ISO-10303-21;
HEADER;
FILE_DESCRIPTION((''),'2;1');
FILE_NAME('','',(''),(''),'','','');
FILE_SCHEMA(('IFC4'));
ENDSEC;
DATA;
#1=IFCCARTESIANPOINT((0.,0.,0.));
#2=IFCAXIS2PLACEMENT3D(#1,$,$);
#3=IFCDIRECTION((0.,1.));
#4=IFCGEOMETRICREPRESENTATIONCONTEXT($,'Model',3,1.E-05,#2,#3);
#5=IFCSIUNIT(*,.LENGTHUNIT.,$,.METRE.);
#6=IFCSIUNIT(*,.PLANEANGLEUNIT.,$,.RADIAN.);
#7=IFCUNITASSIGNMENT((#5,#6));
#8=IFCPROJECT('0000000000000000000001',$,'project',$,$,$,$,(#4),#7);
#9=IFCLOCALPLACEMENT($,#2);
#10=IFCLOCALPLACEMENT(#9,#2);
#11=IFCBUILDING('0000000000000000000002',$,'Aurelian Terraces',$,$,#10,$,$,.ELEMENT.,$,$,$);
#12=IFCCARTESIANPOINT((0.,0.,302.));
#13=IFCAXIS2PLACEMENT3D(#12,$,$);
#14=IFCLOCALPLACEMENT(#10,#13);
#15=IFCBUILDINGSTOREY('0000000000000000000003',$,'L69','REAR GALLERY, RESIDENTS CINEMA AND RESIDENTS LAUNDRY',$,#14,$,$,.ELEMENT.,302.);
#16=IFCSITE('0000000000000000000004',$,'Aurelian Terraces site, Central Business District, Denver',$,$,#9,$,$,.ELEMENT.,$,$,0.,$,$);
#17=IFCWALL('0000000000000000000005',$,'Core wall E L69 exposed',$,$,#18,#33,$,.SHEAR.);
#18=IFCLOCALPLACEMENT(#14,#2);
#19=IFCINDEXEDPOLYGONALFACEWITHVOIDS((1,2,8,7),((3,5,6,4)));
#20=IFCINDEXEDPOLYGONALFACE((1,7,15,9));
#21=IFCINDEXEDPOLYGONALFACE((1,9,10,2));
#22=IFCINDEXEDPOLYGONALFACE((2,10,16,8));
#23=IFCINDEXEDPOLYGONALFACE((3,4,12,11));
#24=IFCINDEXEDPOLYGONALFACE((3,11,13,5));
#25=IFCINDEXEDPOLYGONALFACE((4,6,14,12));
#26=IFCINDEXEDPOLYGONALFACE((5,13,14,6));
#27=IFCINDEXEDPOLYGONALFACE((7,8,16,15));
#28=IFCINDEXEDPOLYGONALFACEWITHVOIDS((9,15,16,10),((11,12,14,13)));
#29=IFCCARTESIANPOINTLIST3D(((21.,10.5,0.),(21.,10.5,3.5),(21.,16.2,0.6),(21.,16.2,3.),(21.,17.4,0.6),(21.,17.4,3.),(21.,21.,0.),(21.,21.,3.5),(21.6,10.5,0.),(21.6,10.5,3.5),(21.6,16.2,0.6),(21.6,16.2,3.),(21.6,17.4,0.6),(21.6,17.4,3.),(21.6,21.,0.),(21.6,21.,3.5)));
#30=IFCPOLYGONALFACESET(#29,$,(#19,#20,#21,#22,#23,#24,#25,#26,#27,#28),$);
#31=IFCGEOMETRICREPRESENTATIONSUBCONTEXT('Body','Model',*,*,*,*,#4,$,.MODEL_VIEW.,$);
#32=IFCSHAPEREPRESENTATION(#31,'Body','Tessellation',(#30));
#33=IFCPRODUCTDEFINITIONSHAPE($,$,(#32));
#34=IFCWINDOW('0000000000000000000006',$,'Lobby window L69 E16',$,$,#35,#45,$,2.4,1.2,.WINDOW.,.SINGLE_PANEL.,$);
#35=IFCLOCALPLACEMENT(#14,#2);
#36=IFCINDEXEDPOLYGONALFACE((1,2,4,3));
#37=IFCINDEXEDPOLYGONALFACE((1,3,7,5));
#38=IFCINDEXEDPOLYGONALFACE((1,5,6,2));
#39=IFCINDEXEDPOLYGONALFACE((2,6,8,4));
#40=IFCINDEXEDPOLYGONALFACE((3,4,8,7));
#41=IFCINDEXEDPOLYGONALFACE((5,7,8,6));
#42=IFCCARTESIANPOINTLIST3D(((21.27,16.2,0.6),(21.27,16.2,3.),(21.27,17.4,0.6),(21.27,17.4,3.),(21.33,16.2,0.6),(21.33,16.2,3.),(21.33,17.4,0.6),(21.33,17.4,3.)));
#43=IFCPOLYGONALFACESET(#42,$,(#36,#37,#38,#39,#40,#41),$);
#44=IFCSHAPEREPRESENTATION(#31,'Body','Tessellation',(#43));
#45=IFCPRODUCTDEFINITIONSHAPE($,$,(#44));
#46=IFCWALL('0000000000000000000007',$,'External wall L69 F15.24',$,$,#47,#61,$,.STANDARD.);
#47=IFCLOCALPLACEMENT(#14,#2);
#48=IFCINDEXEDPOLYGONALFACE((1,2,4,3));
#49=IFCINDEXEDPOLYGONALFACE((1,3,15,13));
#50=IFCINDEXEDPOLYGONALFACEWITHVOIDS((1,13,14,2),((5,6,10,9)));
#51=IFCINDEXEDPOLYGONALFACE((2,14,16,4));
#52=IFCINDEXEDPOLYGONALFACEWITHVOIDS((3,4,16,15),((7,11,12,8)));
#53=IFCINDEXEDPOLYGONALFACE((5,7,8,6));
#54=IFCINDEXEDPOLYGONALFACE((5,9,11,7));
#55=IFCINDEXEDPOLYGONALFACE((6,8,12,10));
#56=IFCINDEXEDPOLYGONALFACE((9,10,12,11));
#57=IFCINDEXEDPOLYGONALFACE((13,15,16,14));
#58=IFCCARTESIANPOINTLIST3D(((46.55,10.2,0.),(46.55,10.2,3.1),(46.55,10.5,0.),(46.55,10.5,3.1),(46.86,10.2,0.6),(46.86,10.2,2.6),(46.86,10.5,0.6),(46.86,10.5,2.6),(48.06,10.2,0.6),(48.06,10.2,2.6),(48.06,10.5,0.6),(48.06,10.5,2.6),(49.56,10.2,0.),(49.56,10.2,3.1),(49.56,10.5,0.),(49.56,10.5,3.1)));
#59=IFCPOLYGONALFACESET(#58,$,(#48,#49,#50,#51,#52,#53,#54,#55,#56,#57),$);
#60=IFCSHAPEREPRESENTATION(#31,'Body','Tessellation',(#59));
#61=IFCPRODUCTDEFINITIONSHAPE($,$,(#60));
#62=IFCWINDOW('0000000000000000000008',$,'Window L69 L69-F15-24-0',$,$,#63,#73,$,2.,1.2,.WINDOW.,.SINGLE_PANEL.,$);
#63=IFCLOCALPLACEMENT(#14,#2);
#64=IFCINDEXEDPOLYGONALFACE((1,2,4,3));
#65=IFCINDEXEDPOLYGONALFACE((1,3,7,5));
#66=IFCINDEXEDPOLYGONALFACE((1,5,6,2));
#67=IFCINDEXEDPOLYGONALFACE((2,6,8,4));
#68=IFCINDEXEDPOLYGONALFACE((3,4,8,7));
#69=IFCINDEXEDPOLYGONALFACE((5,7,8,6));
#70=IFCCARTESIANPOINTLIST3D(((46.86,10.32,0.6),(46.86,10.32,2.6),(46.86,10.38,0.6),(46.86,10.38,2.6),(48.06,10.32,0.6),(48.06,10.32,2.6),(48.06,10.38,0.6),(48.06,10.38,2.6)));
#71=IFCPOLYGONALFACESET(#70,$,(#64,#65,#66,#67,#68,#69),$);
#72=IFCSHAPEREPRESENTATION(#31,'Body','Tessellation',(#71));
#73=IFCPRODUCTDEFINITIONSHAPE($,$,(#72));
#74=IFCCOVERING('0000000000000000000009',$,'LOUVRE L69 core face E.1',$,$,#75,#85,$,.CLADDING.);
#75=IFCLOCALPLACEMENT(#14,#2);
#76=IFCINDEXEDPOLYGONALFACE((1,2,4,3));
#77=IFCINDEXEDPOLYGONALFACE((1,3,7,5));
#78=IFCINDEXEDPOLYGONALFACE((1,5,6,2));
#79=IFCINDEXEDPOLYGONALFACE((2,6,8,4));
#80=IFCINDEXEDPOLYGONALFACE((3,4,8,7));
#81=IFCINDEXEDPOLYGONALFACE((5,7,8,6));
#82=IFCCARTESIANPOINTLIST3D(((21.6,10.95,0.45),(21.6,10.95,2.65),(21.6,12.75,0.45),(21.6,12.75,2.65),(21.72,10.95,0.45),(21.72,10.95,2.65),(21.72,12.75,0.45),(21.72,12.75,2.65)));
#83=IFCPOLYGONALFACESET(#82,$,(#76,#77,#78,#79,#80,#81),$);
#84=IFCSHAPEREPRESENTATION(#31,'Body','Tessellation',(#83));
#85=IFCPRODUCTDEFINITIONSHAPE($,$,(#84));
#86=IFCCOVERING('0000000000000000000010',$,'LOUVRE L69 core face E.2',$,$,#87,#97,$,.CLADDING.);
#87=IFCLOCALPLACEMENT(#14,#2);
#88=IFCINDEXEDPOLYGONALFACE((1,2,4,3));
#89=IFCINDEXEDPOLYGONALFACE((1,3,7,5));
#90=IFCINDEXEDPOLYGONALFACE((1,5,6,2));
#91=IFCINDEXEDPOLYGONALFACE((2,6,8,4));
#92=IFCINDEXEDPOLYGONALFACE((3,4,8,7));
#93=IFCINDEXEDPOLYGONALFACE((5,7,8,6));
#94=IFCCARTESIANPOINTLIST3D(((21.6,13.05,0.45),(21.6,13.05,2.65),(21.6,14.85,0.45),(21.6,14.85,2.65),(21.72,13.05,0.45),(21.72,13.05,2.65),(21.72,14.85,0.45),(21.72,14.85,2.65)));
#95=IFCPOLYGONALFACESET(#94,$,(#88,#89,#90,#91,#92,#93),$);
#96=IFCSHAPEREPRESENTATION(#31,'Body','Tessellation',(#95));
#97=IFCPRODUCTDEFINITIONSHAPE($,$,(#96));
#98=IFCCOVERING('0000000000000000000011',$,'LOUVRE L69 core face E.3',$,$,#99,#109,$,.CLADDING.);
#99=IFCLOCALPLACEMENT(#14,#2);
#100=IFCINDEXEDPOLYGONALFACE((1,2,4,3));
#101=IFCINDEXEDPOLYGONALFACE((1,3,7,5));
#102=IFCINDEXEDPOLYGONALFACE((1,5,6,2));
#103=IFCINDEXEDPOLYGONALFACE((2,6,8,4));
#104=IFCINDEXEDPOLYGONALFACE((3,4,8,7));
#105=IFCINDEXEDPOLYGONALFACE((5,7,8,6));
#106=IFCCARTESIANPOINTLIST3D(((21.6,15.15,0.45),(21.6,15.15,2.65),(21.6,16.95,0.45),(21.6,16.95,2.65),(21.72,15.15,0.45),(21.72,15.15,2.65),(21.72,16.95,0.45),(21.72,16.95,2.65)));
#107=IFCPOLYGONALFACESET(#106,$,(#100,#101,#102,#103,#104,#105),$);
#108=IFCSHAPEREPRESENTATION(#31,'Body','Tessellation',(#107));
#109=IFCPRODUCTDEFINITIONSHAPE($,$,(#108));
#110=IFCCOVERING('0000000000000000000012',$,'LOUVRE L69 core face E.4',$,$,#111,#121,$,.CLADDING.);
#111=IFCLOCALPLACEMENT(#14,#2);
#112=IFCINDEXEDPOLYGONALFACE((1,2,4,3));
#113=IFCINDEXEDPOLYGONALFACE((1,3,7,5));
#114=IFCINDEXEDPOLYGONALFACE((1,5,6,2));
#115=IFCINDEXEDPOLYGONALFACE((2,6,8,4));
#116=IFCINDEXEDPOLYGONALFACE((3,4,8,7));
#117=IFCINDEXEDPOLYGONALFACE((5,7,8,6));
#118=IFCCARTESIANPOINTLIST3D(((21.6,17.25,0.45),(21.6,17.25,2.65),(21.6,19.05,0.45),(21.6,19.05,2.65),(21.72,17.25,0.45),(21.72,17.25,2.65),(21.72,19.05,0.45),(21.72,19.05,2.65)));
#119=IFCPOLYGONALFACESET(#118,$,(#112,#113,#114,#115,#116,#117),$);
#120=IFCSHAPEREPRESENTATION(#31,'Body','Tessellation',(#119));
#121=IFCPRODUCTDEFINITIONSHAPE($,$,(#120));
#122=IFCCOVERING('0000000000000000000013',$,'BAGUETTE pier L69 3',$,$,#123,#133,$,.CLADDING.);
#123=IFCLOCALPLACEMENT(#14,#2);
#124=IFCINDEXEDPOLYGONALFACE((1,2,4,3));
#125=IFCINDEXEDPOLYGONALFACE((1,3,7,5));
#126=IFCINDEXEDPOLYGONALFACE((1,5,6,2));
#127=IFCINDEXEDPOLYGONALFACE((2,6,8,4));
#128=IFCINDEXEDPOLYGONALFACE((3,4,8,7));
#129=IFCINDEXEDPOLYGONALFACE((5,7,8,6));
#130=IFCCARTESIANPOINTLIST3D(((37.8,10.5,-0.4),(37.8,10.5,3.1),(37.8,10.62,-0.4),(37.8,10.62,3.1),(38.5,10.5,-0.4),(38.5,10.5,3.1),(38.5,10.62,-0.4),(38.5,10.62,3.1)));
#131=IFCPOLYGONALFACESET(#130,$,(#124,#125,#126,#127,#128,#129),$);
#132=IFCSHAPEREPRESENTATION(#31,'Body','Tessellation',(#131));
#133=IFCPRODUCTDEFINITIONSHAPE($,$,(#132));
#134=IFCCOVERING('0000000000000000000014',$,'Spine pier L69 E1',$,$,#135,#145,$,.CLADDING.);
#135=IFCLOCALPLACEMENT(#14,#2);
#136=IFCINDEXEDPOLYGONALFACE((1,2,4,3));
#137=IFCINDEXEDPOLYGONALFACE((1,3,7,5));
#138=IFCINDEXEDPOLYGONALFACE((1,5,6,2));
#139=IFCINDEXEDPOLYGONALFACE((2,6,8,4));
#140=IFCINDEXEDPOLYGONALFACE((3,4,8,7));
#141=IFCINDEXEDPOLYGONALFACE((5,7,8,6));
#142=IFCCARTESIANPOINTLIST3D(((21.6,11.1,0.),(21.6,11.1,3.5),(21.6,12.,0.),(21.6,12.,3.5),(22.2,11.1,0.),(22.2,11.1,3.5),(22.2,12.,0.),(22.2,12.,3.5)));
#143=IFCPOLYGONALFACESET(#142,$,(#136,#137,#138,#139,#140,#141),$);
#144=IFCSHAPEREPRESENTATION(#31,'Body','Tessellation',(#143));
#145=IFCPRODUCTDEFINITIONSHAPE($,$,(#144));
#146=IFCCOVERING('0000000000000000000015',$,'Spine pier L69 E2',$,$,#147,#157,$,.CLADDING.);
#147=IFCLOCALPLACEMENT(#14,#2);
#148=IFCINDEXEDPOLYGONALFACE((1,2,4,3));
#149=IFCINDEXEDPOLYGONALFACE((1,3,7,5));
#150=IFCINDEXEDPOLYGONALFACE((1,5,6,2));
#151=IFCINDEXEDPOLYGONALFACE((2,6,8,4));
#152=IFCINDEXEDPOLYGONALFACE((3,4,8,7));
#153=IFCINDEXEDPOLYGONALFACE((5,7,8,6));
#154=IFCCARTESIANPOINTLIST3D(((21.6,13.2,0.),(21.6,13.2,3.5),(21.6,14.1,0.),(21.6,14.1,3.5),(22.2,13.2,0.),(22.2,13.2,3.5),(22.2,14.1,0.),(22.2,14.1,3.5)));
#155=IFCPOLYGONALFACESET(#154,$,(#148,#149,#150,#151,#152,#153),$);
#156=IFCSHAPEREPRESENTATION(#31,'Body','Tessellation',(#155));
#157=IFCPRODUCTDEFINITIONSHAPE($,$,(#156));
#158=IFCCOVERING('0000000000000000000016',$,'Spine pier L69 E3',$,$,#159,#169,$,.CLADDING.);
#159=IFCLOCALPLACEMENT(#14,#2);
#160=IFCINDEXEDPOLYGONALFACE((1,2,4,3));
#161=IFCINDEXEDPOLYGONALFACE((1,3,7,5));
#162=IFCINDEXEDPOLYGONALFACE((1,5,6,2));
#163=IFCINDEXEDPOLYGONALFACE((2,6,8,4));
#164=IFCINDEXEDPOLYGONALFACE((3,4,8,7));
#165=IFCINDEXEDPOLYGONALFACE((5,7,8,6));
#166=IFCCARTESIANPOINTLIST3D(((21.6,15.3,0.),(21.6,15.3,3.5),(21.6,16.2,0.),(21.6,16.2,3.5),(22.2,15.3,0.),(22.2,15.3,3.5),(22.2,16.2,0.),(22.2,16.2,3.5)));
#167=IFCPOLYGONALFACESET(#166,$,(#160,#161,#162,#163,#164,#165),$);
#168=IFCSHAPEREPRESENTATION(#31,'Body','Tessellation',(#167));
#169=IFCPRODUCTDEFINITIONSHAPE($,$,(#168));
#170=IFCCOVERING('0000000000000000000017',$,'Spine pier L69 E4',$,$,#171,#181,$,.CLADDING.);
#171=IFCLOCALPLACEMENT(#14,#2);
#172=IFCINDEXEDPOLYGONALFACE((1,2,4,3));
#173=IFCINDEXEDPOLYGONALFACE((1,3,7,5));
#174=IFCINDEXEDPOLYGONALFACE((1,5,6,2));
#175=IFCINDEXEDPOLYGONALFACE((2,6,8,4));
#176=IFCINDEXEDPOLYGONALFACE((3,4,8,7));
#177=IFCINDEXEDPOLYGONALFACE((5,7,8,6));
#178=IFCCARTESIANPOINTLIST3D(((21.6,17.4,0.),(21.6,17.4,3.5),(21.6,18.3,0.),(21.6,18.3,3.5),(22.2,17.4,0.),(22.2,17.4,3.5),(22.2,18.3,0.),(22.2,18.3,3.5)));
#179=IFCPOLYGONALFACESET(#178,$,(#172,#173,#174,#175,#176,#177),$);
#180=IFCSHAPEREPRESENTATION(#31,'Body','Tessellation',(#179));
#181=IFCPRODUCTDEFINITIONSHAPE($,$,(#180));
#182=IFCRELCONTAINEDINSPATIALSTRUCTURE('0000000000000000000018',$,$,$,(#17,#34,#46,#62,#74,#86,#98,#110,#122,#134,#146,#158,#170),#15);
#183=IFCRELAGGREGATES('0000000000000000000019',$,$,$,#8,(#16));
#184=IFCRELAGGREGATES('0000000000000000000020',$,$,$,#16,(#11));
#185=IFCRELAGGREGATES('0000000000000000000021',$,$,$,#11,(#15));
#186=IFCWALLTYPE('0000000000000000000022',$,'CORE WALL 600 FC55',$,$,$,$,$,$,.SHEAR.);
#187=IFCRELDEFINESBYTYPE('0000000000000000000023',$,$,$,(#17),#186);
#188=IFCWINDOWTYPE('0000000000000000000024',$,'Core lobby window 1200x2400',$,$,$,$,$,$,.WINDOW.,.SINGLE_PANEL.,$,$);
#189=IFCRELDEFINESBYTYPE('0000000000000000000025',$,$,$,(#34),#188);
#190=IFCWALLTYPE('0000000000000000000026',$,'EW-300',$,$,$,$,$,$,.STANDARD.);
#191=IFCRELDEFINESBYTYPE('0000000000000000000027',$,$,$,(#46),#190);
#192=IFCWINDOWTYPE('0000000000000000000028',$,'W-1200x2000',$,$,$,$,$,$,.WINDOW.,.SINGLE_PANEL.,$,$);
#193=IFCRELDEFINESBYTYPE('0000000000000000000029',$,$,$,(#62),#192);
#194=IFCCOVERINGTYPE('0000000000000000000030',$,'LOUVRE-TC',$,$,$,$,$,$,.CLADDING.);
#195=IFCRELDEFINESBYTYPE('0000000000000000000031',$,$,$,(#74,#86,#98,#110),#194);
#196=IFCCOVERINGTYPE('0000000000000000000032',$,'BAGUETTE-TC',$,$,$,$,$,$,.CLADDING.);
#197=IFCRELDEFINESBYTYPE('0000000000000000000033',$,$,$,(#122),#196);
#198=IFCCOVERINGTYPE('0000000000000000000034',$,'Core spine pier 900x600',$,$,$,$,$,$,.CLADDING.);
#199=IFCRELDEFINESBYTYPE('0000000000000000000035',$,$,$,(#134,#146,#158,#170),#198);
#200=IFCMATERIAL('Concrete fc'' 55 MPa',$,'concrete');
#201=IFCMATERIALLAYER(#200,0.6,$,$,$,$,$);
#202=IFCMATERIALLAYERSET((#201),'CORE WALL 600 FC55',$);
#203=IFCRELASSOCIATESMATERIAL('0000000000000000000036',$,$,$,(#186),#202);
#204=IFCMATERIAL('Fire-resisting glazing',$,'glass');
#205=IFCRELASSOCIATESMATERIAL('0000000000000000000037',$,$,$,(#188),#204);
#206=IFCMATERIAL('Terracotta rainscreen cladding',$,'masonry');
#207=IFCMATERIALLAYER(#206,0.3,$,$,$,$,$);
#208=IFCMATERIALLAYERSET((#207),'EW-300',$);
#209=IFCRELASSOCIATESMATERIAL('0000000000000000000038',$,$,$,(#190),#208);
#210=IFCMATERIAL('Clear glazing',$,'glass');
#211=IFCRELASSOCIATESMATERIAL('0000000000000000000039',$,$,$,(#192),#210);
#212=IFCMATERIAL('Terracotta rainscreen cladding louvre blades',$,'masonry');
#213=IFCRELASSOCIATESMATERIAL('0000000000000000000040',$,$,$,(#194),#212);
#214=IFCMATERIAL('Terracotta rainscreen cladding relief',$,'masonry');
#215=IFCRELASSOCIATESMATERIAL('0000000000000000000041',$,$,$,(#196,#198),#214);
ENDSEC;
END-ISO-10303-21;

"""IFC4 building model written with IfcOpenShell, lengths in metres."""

from ifc_helpers import new_model, si_unit, direction, frame, frame_2d, origin, origin_2d, place, context, subcontext, project, spatial, rectangle, extrude, source, transform, mapped, material, layer, layer_set, type_object, element, fill, save


model = new_model("IFC4")

# Units and contexts
model_context = context("Model", 3, precision=1e-05, world=origin(), true_north=direction((0.0, 1.0)))
body_context = subcontext(model_context, "Body", "Model", "MODEL_VIEW")
ifc_project = project(units=[si_unit("LENGTHUNIT", "METRE"), si_unit("PLANEANGLEUNIT", "RADIAN")], contexts=[model_context])

# Site, building, storey
site_placement = place(None, origin())
site = spatial("IfcSite", under=ifc_project, at=site_placement, Name="Aurelian Terraces site, Central Business District, Denver", CompositionType="ELEMENT", RefElevation=0.0)
building_placement = place(site_placement, origin())
building = spatial("IfcBuilding", under=site, at=building_placement, Name="Aurelian Terraces", CompositionType="ELEMENT")
storey_placement = place(building_placement, frame((0.0, 0.0, 302.0)))
storey = spatial("IfcBuildingStorey", under=building, at=storey_placement, Name="L69", Description="REAR GALLERY, RESIDENTS CINEMA AND RESIDENTS LAUNDRY", CompositionType="ELEMENT", Elevation=302.0)

# Walls, openings, windows
ifc_material_1 = material(Name="Concrete fc' 55 MPa", Category="concrete")
ifc_layer_1 = layer(ifc_material_1, 0.6)
ifc_layer_set_1 = layer_set([ifc_layer_1], Name="CORE WALL 600 FC55")
wall_type_1 = type_object("IfcWallType", Name="CORE WALL 600 FC55", PredefinedType="SHEAR", material=ifc_layer_set_1)
shared_shape_1 = source(origin(), body_context, "Body", "SweptSolid", [
    extrude(rectangle(XDim=10.5, YDim=0.6, at=frame_2d((5.25, 0.0))), origin(), (0.0, 0.0, 1.0), 3.5),
])
wall_1_placement = place(storey_placement, frame((21.3, 10.5, 0.0), z_axis=(0.0, 0.0, 1.0), x_axis=(0.0, 1.0, 0.0)))
wall_1 = element("IfcWall", 1, at=wall_1_placement, inside=storey, type_object=wall_type_1, Name="Core wall E L69 exposed", PredefinedType="SHEAR", context=body_context, shape_type="MappedRepresentation", body=[
    mapped(shared_shape_1, transform((0.0, 0.0, 0.0), scale=1.0)),
])
shared_shape_2 = source(origin(), body_context, "Body", "SweptSolid", [
    extrude(rectangle(XDim=1.2, YDim=2.4, at=frame_2d((0.6, 1.2))), frame((0.0, 0.31, 0.0), z_axis=(0.0, -1.0, 0.0), x_axis=(1.0, 0.0, 0.0)), (0.0, 0.0, 1.0), 0.62),
])
opening_1_placement = place(wall_1_placement, frame((5.7, 0.0, 0.6)))
opening_1 = element("IfcOpeningElement", 2, at=opening_1_placement, cuts=wall_1, PredefinedType="OPENING", context=body_context, shape_type="MappedRepresentation", body=[
    mapped(shared_shape_2, transform((0.0, 0.0, 0.0), scale=1.0)),
])
ifc_material_2 = material(Name="Fire-resisting glazing", Category="glass")
window_type_1 = type_object("IfcWindowType", Name="Core lobby window 1200x2400", PartitioningType="SINGLE_PANEL", PredefinedType="WINDOW", material=ifc_material_2)
shared_shape_3 = source(origin(), body_context, "Body", "SweptSolid", [
    extrude(rectangle(XDim=1.2, YDim=2.4, at=frame_2d((0.6, 1.2))), frame((0.0, 0.03, 0.0), z_axis=(0.0, -1.0, 0.0), x_axis=(1.0, 0.0, 0.0)), (0.0, 0.0, 1.0), 0.06),
])
window_1_placement = place(opening_1_placement, origin())
window_1 = element("IfcWindow", 3, at=window_1_placement, inside=storey, type_object=window_type_1, Name="Lobby window L69 E16", OverallHeight=2.4, OverallWidth=1.2, PartitioningType="SINGLE_PANEL", PredefinedType="WINDOW", context=body_context, shape_type="MappedRepresentation", body=[
    mapped(shared_shape_3, transform((0.0, 0.0, 0.0), scale=1.0)),
])
fill(opening_1, window_1)
ifc_material_3 = material(Name="Terracotta rainscreen cladding", Category="masonry")
ifc_layer_2 = layer(ifc_material_3, 0.3)
ifc_layer_set_2 = layer_set([ifc_layer_2], Name="EW-300")
wall_type_2 = type_object("IfcWallType", Name="EW-300", PredefinedType="STANDARD", material=ifc_layer_set_2)
shared_shape_4 = source(origin(), body_context, "Body", "SweptSolid", [
    extrude(rectangle(XDim=3.01, YDim=0.3, at=frame_2d((1.505, 0.0))), origin(), (0.0, 0.0, 1.0), 3.1),
])
wall_2_placement = place(storey_placement, frame((49.56, 10.35, 0.0), z_axis=(0.0, 0.0, 1.0), x_axis=(-1.0, 0.0, 0.0)))
wall_2 = element("IfcWall", 4, at=wall_2_placement, inside=storey, type_object=wall_type_2, Name="External wall L69 F15.24", PredefinedType="STANDARD", context=body_context, shape_type="MappedRepresentation", body=[
    mapped(shared_shape_4, transform((0.0, 0.0, 0.0), scale=1.0)),
])
shared_shape_5 = source(origin(), body_context, "Body", "SweptSolid", [
    extrude(rectangle(XDim=1.2, YDim=2.0, at=frame_2d((0.6, 1.0))), frame((0.0, 0.16, 0.0), z_axis=(0.0, -1.0, 0.0), x_axis=(1.0, 0.0, 0.0)), (0.0, 0.0, 1.0), 0.32),
])
opening_2_placement = place(wall_2_placement, frame((1.5, 0.0, 0.6)))
opening_2 = element("IfcOpeningElement", 5, at=opening_2_placement, cuts=wall_2, PredefinedType="OPENING", context=body_context, shape_type="MappedRepresentation", body=[
    mapped(shared_shape_5, transform((0.0, 0.0, 0.0), scale=1.0)),
])
ifc_material_4 = material(Name="Clear glazing", Category="glass")
window_type_2 = type_object("IfcWindowType", Name="W-1200x2000", PartitioningType="SINGLE_PANEL", PredefinedType="WINDOW", material=ifc_material_4)
shared_shape_6 = source(origin(), body_context, "Body", "SweptSolid", [
    extrude(rectangle(XDim=1.2, YDim=2.0, at=frame_2d((0.6, 1.0))), frame((0.0, 0.03, 0.0), z_axis=(0.0, -1.0, 0.0), x_axis=(1.0, 0.0, 0.0)), (0.0, 0.0, 1.0), 0.06),
])
window_2_placement = place(opening_2_placement, origin())
window_2 = element("IfcWindow", 6, at=window_2_placement, inside=storey, type_object=window_type_2, Name="Window L69 L69-F15-24-0", OverallHeight=2.0, OverallWidth=1.2, PartitioningType="SINGLE_PANEL", PredefinedType="WINDOW", context=body_context, shape_type="MappedRepresentation", body=[
    mapped(shared_shape_6, transform((0.0, 0.0, 0.0), scale=1.0)),
])
fill(opening_2, window_2)

# Coverings
ifc_material_5 = material(Name="Terracotta rainscreen cladding louvre blades", Category="masonry")
covering_type_1 = type_object("IfcCoveringType", Name="LOUVRE-TC", PredefinedType="CLADDING", material=ifc_material_5)
shared_shape_7 = source(origin(), body_context, "Body", "SweptSolid", [
    extrude(rectangle(XDim=0.12, YDim=1.8, at=origin_2d()), origin(), (0.0, 0.0, 1.0), 2.2),
])
for number, where, z_axis, x_axis, name in (
    (7, (21.66, 11.85, 0.45), (0.0, 0.0, 1.0), (1.0, 0.0, 0.0), "LOUVRE L69 core face E.1"),
    (8, (21.66, 13.95, 0.45), (0.0, 0.0, 1.0), (1.0, 0.0, 0.0), "LOUVRE L69 core face E.2"),
    (9, (21.66, 16.05, 0.45), (0.0, 0.0, 1.0), (1.0, 0.0, 0.0), "LOUVRE L69 core face E.3"),
    (10, (21.66, 18.15, 0.45), (0.0, 0.0, 1.0), (1.0, 0.0, 0.0), "LOUVRE L69 core face E.4"),
):
    element("IfcCovering", number, at=place(storey_placement, frame(where, z_axis=z_axis, x_axis=x_axis)), inside=storey, type_object=covering_type_1, Name=name, PredefinedType="CLADDING", context=body_context, shape_type="MappedRepresentation", body=[
        mapped(shared_shape_7, transform((0.0, 0.0, 0.0), scale=1.0)),
    ])
ifc_material_6 = material(Name="Terracotta rainscreen cladding relief", Category="masonry")
covering_type_2 = type_object("IfcCoveringType", Name="BAGUETTE-TC", PredefinedType="CLADDING", material=ifc_material_6)
shared_shape_8 = source(origin(), body_context, "Body", "SweptSolid", [
    extrude(rectangle(XDim=0.7, YDim=0.12, at=origin_2d()), origin(), (0.0, 0.0, 1.0), 3.5),
])
covering_placement = place(storey_placement, frame((38.15, 10.56, -0.4), z_axis=(0.0, 0.0, 1.0), x_axis=(1.0, 0.0, 0.0)))
element("IfcCovering", 11, at=covering_placement, inside=storey, type_object=covering_type_2, Name="BAGUETTE pier L69 3", PredefinedType="CLADDING", context=body_context, shape_type="MappedRepresentation", body=[
    mapped(shared_shape_8, transform((0.0, 0.0, 0.0), scale=1.0)),
])
covering_type_3 = type_object("IfcCoveringType", Name="Core spine pier 900x600", PredefinedType="CLADDING", material=ifc_material_6)
shared_shape_9 = source(origin(), body_context, "Body", "SweptSolid", [
    extrude(rectangle(XDim=0.6, YDim=0.9, at=origin_2d()), origin(), (0.0, 0.0, 1.0), 3.5),
])
for number, where, z_axis, x_axis, name in (
    (12, (21.9, 11.55, 0.0), (0.0, 0.0, 1.0), (1.0, 0.0, 0.0), "Spine pier L69 E1"),
    (13, (21.9, 13.65, 0.0), (0.0, 0.0, 1.0), (1.0, 0.0, 0.0), "Spine pier L69 E2"),
    (14, (21.9, 15.75, 0.0), (0.0, 0.0, 1.0), (1.0, 0.0, 0.0), "Spine pier L69 E3"),
    (15, (21.9, 17.85, 0.0), (0.0, 0.0, 1.0), (1.0, 0.0, 0.0), "Spine pier L69 E4"),
):
    element("IfcCovering", number, at=place(storey_placement, frame(where, z_axis=z_axis, x_axis=x_axis)), inside=storey, type_object=covering_type_3, Name=name, PredefinedType="CLADDING", context=body_context, shape_type="MappedRepresentation", body=[
        mapped(shared_shape_9, transform((0.0, 0.0, 0.0), scale=1.0)),
    ])

save(model, "model.ifc")
